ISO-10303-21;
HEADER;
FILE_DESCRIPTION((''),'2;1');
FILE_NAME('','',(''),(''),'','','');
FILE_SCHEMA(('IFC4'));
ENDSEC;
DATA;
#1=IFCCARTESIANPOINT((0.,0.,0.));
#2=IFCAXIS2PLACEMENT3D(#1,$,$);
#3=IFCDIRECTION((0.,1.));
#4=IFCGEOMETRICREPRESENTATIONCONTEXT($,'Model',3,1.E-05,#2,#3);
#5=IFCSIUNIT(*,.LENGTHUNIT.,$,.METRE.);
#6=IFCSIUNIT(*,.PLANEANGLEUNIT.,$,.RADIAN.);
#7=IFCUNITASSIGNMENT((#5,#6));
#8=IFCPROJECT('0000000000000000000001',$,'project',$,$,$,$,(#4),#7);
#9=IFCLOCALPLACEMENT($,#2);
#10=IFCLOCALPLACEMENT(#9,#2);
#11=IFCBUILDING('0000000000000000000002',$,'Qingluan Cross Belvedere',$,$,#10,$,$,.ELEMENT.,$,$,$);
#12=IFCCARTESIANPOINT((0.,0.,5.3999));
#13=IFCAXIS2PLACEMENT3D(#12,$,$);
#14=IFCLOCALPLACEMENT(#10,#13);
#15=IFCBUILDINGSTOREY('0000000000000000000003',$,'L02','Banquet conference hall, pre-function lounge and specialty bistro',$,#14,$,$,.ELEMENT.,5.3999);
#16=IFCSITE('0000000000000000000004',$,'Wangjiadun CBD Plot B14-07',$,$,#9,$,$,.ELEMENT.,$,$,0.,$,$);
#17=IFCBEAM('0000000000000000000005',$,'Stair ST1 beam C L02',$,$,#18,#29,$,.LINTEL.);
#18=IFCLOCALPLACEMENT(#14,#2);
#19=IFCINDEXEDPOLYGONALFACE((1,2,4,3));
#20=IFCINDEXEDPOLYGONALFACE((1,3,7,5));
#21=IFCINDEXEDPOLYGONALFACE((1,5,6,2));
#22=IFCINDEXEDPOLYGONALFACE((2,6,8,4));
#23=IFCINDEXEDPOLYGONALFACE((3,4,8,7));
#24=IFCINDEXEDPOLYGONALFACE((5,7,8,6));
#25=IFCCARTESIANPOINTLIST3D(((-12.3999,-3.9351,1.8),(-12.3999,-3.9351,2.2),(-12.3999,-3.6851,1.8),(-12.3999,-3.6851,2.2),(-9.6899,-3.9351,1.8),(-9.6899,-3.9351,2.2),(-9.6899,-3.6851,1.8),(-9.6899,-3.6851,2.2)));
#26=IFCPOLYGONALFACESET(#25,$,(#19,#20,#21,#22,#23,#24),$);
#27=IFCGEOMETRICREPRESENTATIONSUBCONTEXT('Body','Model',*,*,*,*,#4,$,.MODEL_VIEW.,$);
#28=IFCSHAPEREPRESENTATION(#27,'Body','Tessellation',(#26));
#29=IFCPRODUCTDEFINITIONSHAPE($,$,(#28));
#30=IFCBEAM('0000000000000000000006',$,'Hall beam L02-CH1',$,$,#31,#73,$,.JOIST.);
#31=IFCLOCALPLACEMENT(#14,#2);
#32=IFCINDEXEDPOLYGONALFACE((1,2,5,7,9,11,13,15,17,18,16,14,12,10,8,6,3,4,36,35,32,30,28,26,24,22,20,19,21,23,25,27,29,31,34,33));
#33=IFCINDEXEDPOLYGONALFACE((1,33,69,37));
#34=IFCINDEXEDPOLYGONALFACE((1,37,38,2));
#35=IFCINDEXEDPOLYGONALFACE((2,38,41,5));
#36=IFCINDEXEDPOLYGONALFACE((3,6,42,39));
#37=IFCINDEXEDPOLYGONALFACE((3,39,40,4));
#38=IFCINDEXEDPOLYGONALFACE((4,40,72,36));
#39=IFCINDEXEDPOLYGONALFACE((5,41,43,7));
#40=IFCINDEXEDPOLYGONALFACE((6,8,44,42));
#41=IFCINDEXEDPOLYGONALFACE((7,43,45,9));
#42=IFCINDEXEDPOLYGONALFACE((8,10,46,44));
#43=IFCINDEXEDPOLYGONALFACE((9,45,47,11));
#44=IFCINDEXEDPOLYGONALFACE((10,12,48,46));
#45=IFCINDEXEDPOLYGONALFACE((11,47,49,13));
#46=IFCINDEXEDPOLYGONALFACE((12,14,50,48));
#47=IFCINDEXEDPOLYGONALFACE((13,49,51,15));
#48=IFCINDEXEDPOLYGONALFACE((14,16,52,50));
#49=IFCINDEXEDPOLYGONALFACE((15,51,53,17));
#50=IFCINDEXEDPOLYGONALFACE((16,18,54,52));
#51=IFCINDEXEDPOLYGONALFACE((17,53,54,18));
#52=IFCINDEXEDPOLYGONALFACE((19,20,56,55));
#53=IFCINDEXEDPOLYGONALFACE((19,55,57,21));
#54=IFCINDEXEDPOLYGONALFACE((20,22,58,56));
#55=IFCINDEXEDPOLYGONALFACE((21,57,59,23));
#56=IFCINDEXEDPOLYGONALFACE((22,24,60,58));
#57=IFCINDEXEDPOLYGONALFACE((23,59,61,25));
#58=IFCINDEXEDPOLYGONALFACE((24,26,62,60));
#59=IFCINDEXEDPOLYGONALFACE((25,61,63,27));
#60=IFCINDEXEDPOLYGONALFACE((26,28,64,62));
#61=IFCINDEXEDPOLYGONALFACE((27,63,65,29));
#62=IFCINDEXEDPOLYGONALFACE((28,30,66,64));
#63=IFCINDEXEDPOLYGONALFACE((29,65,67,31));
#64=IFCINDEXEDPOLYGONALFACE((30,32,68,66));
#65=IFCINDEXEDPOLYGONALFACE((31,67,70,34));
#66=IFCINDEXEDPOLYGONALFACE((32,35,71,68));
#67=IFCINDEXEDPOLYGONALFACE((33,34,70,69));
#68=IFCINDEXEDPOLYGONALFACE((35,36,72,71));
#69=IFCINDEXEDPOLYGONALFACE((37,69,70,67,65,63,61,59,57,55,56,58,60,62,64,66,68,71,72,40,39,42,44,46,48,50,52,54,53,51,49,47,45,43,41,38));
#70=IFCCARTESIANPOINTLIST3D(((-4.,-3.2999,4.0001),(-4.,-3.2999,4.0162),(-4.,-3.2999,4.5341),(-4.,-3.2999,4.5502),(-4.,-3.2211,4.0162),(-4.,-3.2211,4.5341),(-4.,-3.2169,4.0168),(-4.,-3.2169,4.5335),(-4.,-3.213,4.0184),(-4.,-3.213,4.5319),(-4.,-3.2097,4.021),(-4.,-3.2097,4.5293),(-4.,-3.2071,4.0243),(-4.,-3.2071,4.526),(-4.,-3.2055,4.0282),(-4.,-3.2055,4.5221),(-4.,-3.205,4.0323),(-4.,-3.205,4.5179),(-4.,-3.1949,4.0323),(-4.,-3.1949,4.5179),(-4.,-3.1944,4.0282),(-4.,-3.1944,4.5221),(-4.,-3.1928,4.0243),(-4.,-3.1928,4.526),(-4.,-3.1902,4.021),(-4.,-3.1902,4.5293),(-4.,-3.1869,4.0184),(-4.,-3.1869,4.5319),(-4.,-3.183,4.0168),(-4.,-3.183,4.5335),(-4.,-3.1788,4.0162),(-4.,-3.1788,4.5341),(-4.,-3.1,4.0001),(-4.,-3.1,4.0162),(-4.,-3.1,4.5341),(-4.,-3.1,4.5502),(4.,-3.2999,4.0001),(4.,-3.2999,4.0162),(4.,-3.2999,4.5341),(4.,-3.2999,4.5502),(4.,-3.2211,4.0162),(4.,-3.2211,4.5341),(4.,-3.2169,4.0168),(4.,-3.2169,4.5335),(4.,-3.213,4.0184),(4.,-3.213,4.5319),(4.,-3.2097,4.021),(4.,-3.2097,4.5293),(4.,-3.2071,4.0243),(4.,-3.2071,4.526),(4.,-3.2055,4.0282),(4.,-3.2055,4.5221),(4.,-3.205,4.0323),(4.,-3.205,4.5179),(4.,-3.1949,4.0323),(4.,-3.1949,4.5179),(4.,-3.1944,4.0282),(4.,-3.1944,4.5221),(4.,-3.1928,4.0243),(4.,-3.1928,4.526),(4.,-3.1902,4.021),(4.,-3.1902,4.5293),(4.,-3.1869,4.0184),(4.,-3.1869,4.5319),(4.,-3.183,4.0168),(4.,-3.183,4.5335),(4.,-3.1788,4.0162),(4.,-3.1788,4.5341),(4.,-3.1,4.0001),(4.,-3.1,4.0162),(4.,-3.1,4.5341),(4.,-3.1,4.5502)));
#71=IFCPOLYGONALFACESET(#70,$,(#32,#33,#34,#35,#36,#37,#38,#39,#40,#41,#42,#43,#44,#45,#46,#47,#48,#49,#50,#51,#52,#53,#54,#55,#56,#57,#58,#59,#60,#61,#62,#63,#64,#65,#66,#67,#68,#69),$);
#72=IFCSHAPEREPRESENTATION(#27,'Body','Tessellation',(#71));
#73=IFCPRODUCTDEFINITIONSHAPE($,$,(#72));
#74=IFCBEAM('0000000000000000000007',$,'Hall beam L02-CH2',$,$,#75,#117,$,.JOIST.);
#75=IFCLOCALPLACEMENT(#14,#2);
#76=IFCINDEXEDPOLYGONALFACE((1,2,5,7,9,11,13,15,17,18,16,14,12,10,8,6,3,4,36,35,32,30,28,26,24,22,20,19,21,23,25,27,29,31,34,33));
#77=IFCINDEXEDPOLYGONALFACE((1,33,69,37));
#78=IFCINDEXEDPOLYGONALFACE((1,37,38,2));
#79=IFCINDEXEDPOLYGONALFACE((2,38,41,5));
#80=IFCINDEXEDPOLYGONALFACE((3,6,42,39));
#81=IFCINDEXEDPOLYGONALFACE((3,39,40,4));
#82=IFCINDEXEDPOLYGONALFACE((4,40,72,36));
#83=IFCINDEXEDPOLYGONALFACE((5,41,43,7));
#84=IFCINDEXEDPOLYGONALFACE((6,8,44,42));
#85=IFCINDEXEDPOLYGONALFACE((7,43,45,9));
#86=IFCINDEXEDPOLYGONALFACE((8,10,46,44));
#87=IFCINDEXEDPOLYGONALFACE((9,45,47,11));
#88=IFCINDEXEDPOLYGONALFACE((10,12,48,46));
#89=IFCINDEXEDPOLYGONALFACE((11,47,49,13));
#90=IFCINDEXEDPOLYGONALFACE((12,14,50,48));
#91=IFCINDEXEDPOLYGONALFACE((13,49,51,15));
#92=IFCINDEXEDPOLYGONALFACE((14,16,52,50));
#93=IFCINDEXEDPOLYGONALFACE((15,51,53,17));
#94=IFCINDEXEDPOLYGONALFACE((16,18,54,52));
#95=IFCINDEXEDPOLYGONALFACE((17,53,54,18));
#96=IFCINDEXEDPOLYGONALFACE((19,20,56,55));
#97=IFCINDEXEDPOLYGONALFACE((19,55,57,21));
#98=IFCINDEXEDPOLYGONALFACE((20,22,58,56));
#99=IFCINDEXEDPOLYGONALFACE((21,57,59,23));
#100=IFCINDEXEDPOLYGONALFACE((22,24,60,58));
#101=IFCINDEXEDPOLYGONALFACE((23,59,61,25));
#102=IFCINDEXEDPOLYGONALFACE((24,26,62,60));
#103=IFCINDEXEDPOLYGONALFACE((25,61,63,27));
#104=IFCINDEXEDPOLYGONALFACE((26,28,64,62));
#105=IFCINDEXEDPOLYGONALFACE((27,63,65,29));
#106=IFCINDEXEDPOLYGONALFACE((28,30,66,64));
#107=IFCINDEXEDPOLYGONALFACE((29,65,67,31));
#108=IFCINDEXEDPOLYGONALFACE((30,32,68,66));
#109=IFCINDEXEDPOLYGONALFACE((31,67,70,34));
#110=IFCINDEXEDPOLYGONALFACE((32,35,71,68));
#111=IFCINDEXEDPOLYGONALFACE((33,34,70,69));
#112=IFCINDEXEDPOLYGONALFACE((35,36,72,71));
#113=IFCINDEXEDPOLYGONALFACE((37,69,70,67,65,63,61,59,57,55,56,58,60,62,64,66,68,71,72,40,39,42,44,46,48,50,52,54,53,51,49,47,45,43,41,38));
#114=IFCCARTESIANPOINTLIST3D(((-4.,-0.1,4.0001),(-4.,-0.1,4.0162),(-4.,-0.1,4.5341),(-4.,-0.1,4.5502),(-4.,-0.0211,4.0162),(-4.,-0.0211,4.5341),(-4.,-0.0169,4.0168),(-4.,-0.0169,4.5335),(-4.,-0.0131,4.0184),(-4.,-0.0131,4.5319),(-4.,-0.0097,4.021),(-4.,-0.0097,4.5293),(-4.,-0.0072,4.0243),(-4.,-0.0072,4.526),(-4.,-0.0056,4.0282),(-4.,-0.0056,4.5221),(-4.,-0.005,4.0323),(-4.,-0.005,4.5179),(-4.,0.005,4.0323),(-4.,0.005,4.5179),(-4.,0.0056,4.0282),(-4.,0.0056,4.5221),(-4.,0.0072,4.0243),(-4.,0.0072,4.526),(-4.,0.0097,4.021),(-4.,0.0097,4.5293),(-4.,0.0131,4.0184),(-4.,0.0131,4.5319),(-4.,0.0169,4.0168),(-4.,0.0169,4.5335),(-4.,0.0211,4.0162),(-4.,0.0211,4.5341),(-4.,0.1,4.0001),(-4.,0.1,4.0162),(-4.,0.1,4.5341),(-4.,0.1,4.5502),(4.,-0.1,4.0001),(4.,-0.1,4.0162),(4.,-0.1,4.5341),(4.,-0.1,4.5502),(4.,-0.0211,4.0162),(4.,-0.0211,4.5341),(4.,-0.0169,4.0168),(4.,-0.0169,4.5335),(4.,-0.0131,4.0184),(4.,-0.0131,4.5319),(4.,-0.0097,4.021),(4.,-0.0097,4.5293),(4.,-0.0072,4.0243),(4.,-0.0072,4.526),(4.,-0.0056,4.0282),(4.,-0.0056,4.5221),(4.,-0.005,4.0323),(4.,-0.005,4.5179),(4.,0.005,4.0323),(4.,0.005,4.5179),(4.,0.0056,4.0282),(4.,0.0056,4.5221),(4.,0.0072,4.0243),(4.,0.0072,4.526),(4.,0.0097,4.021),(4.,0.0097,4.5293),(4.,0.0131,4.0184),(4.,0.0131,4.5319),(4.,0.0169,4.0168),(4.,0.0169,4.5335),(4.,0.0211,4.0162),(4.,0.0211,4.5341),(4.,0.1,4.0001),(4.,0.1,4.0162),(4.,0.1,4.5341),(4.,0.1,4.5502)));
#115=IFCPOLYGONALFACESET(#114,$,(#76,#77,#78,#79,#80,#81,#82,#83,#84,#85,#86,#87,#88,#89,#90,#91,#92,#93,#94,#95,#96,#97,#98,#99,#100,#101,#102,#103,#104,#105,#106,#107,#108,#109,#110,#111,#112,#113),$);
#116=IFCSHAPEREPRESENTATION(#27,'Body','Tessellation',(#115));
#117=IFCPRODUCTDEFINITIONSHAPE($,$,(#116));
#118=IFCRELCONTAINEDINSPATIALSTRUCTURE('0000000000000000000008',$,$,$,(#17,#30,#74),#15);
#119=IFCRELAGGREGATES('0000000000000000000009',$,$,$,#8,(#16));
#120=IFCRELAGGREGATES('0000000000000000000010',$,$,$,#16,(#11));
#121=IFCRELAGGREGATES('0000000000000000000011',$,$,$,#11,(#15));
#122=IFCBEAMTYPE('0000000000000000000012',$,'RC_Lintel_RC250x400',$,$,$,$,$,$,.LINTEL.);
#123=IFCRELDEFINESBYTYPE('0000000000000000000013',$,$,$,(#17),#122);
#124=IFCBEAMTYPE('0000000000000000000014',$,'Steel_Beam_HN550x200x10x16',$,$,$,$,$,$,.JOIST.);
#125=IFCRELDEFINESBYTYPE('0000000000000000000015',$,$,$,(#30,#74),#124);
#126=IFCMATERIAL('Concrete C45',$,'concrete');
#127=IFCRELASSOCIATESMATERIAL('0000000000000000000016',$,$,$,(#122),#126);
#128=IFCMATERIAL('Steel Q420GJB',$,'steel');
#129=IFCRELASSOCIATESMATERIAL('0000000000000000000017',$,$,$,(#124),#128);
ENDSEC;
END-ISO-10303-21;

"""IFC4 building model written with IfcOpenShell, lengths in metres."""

from ifc_helpers import new_model, si_unit, direction, frame, origin, origin_2d, place, context, subcontext, project, spatial, rectangle, i_section, extrude, material, material_profile, profile_set, type_object, element, save


model = new_model("IFC4")

# Units and contexts
model_context = context("Model", 3, precision=1e-05, world=origin(), true_north=direction((0.0, 1.0)))
body_context = subcontext(model_context, "Body", "Model", "MODEL_VIEW")
ifc_project = project(units=[si_unit("LENGTHUNIT", "METRE"), si_unit("PLANEANGLEUNIT", "RADIAN")], contexts=[model_context])

# Site, building, storey
site_placement = place(None, origin())
site = spatial("IfcSite", under=ifc_project, at=site_placement, Name="Wangjiadun CBD Plot B14-07", CompositionType="ELEMENT", RefElevation=0.0)
building_placement = place(site_placement, origin())
building = spatial("IfcBuilding", under=site, at=building_placement, Name="Qingluan Cross Belvedere", CompositionType="ELEMENT")
storey_placement = place(building_placement, frame((0.0, 0.0, 5.3999)))
storey = spatial("IfcBuildingStorey", under=building, at=storey_placement, Name="L02", Description="Banquet conference hall, pre-function lounge and specialty bistro", CompositionType="ELEMENT", Elevation=5.3999)

# Beams
ifc_material_1 = material(Name="Concrete C45", Category="concrete")
ifc_material_profile_1 = material_profile(ifc_material_1, rectangle(XDim=0.25, YDim=0.3999, at=origin_2d()), Name="RC250x400")
ifc_profile_set_1 = profile_set([ifc_material_profile_1], Name="Concrete C45")
beam_type_1 = type_object("IfcBeamType", Name="RC_Lintel_RC250x400", PredefinedType="LINTEL", material=ifc_profile_set_1)
beam_placement = place(storey_placement, frame((-12.3999, -3.8101, 2.0), z_axis=(1.0, 0.0, 0.0), x_axis=(0.0, 1.0, 0.0)))
element("IfcBeam", 1, at=beam_placement, inside=storey, type_object=beam_type_1, Name="Stair ST1 beam C L02", PredefinedType="LINTEL", context=body_context, shape_type="SweptSolid", body=[
    extrude(rectangle(XDim=0.25, YDim=0.3999, at=origin_2d()), origin(), (0.0, 0.0, 1.0), 2.71),
])
ifc_material_2 = material(Name="Steel Q420GJB", Category="steel")
ifc_material_profile_2 = material_profile(ifc_material_2, i_section(OverallWidth=0.2, OverallDepth=0.55, WebThickness=0.01, FlangeThickness=0.0161, FilletRadius=0.0161, at=origin_2d()), Name="HN550x200x10x16")
ifc_profile_set_2 = profile_set([ifc_material_profile_2], Name="Steel Q420GJB")
beam_type_2 = type_object("IfcBeamType", Name="Steel_Beam_HN550x200x10x16", PredefinedType="JOIST", material=ifc_profile_set_2)
for number, where, z_axis, x_axis, name in (
    (2, (-4.0, -3.2, 4.2751), (1.0, 0.0, 0.0), (0.0, 1.0, 0.0), "Hall beam L02-CH1"),
    (3, (-4.0, 0.0, 4.2751), (1.0, 0.0, 0.0), (0.0, 1.0, 0.0), "Hall beam L02-CH2"),
):
    element("IfcBeam", number, at=place(storey_placement, frame(where, z_axis=z_axis, x_axis=x_axis)), inside=storey, type_object=beam_type_2, Name=name, PredefinedType="JOIST", context=body_context, shape_type="SweptSolid", body=[
        extrude(i_section(OverallWidth=0.2, OverallDepth=0.55, WebThickness=0.01, FlangeThickness=0.0161, FilletRadius=0.0161, at=origin_2d()), origin(), (0.0, 0.0, 1.0), 8.0),
    ])

save(model, "model.ifc")
